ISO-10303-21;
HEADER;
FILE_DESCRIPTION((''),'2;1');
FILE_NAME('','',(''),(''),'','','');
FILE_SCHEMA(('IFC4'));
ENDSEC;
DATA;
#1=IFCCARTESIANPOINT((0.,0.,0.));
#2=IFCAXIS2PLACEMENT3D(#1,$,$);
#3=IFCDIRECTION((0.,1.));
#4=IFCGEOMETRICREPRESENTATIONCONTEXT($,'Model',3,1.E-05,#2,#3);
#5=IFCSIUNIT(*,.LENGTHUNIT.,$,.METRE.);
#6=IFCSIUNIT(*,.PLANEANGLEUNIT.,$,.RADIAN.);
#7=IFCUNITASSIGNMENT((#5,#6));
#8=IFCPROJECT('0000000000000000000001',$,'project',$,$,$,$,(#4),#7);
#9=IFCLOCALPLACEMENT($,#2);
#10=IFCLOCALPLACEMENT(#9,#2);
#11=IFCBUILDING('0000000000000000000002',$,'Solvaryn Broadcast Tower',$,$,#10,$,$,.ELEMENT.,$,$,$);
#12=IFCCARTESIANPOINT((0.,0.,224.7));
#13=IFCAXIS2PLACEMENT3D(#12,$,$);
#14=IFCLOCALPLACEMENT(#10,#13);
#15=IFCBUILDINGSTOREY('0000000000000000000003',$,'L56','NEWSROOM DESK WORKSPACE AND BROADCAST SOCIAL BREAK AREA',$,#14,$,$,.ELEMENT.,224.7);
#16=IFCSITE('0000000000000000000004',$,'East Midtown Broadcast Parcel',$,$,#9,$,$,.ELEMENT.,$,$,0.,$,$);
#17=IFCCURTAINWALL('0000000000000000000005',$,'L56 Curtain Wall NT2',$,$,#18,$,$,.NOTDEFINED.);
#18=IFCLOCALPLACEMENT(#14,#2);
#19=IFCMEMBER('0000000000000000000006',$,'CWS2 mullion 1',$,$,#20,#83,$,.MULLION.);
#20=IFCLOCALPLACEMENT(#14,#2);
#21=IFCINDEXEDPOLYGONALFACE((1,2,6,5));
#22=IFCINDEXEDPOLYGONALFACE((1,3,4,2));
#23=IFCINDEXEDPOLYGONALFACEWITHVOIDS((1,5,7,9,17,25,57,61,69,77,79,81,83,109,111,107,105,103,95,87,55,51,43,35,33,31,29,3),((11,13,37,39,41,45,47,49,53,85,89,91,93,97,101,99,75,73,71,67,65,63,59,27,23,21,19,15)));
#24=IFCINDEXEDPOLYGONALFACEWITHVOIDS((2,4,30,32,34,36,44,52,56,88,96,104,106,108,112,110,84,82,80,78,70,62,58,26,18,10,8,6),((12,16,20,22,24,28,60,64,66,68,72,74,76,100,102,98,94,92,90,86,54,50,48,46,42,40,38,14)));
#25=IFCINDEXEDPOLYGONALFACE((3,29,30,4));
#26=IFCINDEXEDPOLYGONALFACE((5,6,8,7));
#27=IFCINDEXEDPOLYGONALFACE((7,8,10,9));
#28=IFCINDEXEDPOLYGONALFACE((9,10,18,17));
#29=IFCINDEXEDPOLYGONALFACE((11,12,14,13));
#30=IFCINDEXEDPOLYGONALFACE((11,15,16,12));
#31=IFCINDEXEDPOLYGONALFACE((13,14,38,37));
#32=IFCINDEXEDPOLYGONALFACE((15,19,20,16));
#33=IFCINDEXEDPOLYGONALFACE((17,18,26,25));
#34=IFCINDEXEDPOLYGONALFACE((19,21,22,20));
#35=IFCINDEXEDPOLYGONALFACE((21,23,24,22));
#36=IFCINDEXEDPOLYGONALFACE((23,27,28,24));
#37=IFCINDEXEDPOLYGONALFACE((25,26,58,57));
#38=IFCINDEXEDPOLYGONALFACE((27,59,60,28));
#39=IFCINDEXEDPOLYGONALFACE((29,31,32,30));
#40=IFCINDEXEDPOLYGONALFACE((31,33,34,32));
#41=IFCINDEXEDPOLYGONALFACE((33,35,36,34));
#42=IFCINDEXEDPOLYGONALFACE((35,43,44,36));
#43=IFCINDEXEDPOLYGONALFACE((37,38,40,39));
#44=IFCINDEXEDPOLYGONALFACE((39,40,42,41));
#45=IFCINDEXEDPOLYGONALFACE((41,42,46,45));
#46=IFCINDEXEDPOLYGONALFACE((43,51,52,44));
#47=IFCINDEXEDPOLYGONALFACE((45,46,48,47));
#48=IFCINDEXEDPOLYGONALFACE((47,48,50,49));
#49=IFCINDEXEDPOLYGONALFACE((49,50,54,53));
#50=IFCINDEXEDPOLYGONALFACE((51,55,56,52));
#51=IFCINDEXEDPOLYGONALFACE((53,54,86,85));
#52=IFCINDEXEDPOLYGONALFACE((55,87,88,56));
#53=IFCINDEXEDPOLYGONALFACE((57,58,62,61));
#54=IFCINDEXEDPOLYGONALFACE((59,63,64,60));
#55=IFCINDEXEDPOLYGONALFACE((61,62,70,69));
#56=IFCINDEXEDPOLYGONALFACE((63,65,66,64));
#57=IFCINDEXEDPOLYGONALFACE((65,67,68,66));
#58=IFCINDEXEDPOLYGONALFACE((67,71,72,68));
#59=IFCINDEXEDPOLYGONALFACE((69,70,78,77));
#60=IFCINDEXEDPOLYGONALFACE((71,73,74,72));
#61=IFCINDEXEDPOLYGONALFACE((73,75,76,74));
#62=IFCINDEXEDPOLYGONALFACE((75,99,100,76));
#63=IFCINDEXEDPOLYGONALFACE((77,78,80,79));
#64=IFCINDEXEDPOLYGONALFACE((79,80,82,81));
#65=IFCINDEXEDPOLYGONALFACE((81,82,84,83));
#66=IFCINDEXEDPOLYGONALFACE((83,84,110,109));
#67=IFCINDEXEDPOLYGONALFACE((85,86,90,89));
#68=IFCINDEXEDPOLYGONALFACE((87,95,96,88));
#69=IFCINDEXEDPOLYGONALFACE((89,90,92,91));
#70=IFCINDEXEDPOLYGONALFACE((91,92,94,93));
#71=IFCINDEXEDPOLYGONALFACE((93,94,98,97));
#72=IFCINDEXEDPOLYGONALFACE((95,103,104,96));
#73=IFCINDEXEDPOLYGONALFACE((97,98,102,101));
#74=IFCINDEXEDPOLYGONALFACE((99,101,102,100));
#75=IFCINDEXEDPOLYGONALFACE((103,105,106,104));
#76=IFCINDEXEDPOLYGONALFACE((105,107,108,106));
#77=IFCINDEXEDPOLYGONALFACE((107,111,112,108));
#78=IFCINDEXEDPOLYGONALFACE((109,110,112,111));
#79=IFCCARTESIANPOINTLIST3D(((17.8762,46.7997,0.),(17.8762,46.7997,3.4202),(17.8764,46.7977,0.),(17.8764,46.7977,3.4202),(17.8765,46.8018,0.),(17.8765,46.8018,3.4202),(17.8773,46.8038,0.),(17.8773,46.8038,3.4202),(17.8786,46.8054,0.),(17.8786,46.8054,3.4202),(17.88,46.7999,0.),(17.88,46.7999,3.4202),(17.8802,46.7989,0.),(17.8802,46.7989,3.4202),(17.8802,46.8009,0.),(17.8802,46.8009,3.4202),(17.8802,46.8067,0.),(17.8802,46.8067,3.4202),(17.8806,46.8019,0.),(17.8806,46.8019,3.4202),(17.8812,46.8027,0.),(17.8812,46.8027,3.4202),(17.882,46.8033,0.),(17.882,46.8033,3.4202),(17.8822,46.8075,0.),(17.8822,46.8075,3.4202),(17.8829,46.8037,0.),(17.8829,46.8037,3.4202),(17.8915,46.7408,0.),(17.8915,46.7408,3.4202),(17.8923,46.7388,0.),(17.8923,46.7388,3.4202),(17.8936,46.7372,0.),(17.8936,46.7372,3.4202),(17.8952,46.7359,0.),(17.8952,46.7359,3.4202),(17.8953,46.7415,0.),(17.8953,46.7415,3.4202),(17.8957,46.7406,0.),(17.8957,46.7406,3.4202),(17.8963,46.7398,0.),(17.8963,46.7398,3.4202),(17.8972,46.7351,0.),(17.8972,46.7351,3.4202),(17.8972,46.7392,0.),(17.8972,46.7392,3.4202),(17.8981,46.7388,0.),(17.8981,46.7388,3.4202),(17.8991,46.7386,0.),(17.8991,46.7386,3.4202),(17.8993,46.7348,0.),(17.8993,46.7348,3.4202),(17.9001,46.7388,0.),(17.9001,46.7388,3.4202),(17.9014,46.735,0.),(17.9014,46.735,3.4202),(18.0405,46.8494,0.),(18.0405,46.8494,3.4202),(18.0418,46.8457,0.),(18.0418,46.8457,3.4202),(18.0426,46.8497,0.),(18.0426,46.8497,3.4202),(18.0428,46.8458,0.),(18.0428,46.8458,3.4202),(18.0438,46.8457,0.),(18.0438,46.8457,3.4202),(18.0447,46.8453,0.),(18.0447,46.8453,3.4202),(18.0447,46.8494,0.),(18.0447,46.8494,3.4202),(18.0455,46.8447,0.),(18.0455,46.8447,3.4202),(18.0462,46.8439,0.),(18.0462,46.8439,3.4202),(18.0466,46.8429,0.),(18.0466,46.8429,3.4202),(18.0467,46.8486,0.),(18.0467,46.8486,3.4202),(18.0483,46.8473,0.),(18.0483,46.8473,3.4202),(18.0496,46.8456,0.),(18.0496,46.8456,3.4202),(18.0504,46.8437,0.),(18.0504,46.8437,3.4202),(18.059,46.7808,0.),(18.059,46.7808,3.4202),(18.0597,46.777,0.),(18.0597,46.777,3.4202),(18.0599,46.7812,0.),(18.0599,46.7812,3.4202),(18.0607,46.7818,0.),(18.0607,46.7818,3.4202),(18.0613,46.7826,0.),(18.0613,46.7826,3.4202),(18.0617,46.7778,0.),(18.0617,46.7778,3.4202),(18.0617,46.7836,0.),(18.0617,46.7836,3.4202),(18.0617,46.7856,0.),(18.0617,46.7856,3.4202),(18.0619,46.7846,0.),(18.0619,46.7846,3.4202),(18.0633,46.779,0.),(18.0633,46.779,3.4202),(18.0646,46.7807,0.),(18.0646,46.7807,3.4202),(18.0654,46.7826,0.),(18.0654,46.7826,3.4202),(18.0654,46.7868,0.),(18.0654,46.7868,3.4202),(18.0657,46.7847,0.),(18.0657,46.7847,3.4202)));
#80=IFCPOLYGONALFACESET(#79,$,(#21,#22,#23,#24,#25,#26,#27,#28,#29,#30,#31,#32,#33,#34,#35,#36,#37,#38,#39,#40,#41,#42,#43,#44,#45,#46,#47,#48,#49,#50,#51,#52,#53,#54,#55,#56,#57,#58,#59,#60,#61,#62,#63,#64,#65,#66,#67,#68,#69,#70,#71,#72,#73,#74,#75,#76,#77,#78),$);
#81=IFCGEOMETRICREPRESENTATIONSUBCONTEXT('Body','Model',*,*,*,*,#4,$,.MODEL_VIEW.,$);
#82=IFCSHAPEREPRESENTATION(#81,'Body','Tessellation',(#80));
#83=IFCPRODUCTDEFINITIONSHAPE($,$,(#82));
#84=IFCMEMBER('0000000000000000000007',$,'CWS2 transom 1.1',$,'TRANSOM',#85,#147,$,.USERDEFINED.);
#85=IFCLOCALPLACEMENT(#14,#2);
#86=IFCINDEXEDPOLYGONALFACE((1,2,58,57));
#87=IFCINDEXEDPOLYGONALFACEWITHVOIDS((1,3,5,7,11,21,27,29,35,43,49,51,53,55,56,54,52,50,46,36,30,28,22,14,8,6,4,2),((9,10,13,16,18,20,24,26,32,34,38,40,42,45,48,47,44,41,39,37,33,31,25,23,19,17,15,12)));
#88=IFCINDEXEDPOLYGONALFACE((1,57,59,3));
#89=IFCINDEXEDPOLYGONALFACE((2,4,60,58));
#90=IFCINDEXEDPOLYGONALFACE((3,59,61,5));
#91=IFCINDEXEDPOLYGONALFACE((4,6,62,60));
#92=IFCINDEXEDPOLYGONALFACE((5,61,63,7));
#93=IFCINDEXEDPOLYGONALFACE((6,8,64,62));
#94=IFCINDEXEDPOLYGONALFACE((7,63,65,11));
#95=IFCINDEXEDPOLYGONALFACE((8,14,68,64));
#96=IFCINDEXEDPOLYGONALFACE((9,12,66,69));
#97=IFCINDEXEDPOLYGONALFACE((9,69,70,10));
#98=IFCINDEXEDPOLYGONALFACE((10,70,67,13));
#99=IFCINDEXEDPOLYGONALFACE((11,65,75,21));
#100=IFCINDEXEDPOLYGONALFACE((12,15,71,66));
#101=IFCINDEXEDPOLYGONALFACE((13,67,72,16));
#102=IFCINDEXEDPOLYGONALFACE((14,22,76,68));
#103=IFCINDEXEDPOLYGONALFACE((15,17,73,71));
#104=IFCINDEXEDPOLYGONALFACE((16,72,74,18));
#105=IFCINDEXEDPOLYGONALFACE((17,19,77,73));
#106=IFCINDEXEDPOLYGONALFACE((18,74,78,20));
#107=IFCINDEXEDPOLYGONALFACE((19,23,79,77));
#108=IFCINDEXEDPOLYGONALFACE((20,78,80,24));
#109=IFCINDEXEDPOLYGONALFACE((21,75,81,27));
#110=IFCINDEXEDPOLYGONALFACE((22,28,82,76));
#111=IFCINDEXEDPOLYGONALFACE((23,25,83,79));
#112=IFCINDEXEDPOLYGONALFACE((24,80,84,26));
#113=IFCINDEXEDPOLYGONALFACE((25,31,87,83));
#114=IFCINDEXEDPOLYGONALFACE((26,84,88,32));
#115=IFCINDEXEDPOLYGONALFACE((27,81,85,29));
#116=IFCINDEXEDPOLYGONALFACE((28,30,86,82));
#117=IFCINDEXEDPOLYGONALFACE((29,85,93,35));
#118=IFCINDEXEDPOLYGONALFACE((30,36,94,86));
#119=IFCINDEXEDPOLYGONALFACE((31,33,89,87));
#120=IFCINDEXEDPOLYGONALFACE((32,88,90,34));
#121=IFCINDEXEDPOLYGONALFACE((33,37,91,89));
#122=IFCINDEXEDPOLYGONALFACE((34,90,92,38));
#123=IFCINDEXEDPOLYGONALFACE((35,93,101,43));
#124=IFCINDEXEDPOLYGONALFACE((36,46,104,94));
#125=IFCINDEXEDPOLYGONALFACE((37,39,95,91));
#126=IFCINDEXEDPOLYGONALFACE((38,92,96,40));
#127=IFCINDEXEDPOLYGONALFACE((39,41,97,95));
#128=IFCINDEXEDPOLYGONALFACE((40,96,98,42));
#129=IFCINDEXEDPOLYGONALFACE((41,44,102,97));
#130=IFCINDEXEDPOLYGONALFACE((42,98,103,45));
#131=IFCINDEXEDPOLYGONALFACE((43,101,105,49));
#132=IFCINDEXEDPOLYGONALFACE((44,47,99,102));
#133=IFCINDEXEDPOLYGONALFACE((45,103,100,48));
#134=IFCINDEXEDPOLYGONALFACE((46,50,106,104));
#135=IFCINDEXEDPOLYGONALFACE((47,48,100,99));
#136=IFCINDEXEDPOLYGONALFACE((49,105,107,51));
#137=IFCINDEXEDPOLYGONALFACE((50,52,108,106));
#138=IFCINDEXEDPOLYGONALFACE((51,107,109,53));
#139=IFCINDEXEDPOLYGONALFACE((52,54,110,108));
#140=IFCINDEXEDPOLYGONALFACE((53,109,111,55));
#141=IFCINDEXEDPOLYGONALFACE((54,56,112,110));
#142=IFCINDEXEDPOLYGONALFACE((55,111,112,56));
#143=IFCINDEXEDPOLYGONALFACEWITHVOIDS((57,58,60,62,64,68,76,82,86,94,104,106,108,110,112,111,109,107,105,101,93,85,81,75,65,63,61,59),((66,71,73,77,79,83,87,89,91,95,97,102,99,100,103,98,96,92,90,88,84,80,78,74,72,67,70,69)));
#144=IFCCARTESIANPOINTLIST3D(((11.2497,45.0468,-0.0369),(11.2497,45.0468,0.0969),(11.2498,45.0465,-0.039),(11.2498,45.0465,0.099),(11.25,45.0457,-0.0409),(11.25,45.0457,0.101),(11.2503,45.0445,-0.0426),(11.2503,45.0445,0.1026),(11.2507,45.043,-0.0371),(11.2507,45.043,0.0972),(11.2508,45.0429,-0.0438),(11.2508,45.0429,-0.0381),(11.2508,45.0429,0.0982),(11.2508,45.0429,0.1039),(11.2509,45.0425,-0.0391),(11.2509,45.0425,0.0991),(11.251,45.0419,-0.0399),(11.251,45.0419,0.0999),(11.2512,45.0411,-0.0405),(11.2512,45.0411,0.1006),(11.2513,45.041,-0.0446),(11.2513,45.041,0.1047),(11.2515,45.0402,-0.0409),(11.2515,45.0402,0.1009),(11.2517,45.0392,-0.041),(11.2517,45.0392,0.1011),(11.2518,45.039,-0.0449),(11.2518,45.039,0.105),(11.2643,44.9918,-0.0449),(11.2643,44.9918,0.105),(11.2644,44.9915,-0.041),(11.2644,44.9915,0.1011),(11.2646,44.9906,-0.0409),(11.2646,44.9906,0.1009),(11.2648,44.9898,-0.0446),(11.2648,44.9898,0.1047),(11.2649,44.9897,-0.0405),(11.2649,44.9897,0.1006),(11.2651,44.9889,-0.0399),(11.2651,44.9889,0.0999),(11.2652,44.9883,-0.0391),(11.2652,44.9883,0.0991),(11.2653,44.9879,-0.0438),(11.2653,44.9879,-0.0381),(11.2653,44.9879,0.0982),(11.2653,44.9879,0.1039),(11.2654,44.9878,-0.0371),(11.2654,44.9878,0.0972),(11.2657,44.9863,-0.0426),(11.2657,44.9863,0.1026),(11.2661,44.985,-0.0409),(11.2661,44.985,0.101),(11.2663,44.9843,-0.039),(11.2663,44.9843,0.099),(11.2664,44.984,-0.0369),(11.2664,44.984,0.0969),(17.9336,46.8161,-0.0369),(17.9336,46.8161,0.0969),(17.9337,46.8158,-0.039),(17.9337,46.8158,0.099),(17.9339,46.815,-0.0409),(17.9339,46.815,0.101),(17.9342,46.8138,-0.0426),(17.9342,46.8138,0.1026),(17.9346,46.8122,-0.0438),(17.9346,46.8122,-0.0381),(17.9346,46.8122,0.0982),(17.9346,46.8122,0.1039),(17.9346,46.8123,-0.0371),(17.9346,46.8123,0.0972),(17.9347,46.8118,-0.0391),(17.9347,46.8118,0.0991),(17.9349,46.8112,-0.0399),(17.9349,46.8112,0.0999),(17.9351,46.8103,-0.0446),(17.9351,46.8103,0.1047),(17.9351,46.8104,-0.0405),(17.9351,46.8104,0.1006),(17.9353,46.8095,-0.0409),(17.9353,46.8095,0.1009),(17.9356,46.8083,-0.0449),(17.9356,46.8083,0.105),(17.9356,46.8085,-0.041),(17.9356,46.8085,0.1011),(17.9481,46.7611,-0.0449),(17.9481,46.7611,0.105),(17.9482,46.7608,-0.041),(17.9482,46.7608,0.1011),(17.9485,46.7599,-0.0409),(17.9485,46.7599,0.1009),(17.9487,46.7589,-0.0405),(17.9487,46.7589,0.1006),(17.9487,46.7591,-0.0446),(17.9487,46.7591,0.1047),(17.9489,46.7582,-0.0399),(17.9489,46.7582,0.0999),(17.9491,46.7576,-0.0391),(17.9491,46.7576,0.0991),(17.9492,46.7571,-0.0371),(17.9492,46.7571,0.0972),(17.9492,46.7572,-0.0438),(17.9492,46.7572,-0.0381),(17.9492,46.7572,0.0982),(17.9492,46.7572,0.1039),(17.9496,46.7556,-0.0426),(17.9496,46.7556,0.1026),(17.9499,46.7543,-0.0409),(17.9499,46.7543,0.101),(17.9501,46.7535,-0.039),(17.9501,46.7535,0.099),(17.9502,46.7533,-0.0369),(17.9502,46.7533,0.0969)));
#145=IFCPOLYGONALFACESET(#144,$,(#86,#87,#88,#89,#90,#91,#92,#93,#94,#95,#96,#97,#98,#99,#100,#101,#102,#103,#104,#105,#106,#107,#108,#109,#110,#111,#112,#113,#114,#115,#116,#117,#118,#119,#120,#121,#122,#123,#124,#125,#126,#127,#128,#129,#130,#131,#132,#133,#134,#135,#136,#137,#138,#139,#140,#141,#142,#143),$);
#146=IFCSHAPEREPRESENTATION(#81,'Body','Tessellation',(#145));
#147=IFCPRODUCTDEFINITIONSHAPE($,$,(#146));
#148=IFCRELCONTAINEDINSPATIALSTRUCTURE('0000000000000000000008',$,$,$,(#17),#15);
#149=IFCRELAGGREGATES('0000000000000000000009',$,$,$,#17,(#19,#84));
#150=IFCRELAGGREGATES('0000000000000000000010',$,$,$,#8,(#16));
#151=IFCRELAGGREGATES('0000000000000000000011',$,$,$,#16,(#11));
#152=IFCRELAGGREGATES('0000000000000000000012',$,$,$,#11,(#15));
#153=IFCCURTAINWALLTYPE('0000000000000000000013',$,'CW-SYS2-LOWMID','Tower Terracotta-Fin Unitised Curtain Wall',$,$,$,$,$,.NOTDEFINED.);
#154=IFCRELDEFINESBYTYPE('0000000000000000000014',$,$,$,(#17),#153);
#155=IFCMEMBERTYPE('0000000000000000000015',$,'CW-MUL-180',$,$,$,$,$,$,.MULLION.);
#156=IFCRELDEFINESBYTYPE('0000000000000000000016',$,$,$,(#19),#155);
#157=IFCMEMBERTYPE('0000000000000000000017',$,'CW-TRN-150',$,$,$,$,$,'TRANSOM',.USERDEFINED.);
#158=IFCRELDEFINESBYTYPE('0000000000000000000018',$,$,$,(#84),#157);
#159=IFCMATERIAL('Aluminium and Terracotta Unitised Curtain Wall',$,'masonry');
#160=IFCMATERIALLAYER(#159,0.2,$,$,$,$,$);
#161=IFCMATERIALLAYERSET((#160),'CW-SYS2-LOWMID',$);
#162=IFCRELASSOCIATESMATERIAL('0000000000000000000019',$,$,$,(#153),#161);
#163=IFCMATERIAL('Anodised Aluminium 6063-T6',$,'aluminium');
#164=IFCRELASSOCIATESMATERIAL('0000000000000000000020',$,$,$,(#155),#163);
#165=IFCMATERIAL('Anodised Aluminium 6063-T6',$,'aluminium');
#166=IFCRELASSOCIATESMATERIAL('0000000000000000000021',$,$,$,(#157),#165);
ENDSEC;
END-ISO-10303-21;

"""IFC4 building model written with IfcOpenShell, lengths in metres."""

from ifc_helpers import new_model, si_unit, direction, frame, origin, origin_2d, place, context, subcontext, project, spatial, hollow_rectangle, extrude, material, layer, layer_set, material_profile, profile_set, type_object, element, aggregate, save


model = new_model("IFC4")

# Units and contexts
model_context = context("Model", 3, precision=1e-05, world=origin(), true_north=direction((0.0, 1.0)))
body_context = subcontext(model_context, "Body", "Model", "MODEL_VIEW")
ifc_project = project(units=[si_unit("LENGTHUNIT", "METRE"), si_unit("PLANEANGLEUNIT", "RADIAN")], contexts=[model_context])

# Site, building, storey
site_placement = place(None, origin())
site = spatial("IfcSite", under=ifc_project, at=site_placement, Name="East Midtown Broadcast Parcel", CompositionType="ELEMENT", RefElevation=0.0)
building_placement = place(site_placement, origin())
building = spatial("IfcBuilding", under=site, at=building_placement, Name="Solvaryn Broadcast Tower", CompositionType="ELEMENT")
storey_placement = place(building_placement, frame((0.0, 0.0, 224.7)))
storey = spatial("IfcBuildingStorey", under=building, at=storey_placement, Name="L56", Description="NEWSROOM DESK WORKSPACE AND BROADCAST SOCIAL BREAK AREA", CompositionType="ELEMENT", Elevation=224.7)

# Shared definitions
ifc_material_1 = material(Name="Aluminium and Terracotta Unitised Curtain Wall", Category="masonry")
ifc_layer_1 = layer(ifc_material_1, 0.2)
ifc_layer_set_1 = layer_set([ifc_layer_1], Name="CW-SYS2-LOWMID")
curtain_wall_type = type_object("IfcCurtainWallType", Name="CW-SYS2-LOWMID", Description="Tower Terracotta-Fin Unitised Curtain Wall", PredefinedType="NOTDEFINED", material=ifc_layer_set_1)
ifc_material_2 = material(Name="Anodised Aluminium 6063-T6", Category="aluminium")
ifc_material_profile_1 = material_profile(ifc_material_2, hollow_rectangle(XDim=0.075, YDim=0.1799, WallThickness=0.0039, InnerFilletRadius=0.0039, OuterFilletRadius=0.0081, at=origin_2d()))
ifc_profile_set_1 = profile_set([ifc_material_profile_1], Name="Anodised Aluminium 6063-T6")
member_type_1 = type_object("IfcMemberType", Name="CW-MUL-180", PredefinedType="MULLION", material=ifc_profile_set_1)

# Curtain wall, members
curtain_wall_1_placement = place(storey_placement, origin())
curtain_wall_1 = element("IfcCurtainWall", 1, at=curtain_wall_1_placement, inside=storey, type_object=curtain_wall_type, Name="L56 Curtain Wall NT2", PredefinedType="NOTDEFINED")
member_1_placement = place(storey_placement, frame((17.9709, 46.7922, 0.0), z_axis=(0.0, 0.0, 1.0), x_axis=(0.255893, -0.966705, 0.0)))
member_1 = element("IfcMember", 2, at=member_1_placement, type_object=member_type_1, Name="CWS2 mullion 1", PredefinedType="MULLION", context=body_context, shape_type="SweptSolid", body=[
    extrude(hollow_rectangle(XDim=0.075, YDim=0.1799, WallThickness=0.0039, InnerFilletRadius=0.0039, OuterFilletRadius=0.0081, at=origin_2d()), origin(), (0.0, 0.0, 1.0), 3.4202),
])
ifc_material_3 = material(Name="Anodised Aluminium 6063-T6", Category="aluminium")
ifc_material_profile_2 = material_profile(ifc_material_3, hollow_rectangle(XDim=0.0649, YDim=0.1499, WallThickness=0.0039, InnerFilletRadius=0.0039, OuterFilletRadius=0.0081, at=origin_2d()))
ifc_profile_set_2 = profile_set([ifc_material_profile_2], Name="Anodised Aluminium 6063-T6")
member_type_2 = type_object("IfcMemberType", Name="CW-TRN-150", ElementType="TRANSOM", PredefinedType="USERDEFINED", material=ifc_profile_set_2)
member_2_placement = place(storey_placement, frame((17.9419, 46.7847, 0.03), z_axis=(-0.966704, -0.255897, 0.0), x_axis=(0.255897, -0.966704, 0.0)))
member_2 = element("IfcMember", 3, at=member_2_placement, type_object=member_type_2, Name="CWS2 transom 1.1", ObjectType="TRANSOM", PredefinedType="USERDEFINED", context=body_context, shape_type="SweptSolid", body=[
    extrude(hollow_rectangle(XDim=0.0649, YDim=0.1499, WallThickness=0.0039, InnerFilletRadius=0.0039, OuterFilletRadius=0.0081, at=origin_2d()), origin(), (0.0, 0.0, 1.0), 6.9141),
])
aggregate(curtain_wall_1, [member_1, member_2])

save(model, "model.ifc")
